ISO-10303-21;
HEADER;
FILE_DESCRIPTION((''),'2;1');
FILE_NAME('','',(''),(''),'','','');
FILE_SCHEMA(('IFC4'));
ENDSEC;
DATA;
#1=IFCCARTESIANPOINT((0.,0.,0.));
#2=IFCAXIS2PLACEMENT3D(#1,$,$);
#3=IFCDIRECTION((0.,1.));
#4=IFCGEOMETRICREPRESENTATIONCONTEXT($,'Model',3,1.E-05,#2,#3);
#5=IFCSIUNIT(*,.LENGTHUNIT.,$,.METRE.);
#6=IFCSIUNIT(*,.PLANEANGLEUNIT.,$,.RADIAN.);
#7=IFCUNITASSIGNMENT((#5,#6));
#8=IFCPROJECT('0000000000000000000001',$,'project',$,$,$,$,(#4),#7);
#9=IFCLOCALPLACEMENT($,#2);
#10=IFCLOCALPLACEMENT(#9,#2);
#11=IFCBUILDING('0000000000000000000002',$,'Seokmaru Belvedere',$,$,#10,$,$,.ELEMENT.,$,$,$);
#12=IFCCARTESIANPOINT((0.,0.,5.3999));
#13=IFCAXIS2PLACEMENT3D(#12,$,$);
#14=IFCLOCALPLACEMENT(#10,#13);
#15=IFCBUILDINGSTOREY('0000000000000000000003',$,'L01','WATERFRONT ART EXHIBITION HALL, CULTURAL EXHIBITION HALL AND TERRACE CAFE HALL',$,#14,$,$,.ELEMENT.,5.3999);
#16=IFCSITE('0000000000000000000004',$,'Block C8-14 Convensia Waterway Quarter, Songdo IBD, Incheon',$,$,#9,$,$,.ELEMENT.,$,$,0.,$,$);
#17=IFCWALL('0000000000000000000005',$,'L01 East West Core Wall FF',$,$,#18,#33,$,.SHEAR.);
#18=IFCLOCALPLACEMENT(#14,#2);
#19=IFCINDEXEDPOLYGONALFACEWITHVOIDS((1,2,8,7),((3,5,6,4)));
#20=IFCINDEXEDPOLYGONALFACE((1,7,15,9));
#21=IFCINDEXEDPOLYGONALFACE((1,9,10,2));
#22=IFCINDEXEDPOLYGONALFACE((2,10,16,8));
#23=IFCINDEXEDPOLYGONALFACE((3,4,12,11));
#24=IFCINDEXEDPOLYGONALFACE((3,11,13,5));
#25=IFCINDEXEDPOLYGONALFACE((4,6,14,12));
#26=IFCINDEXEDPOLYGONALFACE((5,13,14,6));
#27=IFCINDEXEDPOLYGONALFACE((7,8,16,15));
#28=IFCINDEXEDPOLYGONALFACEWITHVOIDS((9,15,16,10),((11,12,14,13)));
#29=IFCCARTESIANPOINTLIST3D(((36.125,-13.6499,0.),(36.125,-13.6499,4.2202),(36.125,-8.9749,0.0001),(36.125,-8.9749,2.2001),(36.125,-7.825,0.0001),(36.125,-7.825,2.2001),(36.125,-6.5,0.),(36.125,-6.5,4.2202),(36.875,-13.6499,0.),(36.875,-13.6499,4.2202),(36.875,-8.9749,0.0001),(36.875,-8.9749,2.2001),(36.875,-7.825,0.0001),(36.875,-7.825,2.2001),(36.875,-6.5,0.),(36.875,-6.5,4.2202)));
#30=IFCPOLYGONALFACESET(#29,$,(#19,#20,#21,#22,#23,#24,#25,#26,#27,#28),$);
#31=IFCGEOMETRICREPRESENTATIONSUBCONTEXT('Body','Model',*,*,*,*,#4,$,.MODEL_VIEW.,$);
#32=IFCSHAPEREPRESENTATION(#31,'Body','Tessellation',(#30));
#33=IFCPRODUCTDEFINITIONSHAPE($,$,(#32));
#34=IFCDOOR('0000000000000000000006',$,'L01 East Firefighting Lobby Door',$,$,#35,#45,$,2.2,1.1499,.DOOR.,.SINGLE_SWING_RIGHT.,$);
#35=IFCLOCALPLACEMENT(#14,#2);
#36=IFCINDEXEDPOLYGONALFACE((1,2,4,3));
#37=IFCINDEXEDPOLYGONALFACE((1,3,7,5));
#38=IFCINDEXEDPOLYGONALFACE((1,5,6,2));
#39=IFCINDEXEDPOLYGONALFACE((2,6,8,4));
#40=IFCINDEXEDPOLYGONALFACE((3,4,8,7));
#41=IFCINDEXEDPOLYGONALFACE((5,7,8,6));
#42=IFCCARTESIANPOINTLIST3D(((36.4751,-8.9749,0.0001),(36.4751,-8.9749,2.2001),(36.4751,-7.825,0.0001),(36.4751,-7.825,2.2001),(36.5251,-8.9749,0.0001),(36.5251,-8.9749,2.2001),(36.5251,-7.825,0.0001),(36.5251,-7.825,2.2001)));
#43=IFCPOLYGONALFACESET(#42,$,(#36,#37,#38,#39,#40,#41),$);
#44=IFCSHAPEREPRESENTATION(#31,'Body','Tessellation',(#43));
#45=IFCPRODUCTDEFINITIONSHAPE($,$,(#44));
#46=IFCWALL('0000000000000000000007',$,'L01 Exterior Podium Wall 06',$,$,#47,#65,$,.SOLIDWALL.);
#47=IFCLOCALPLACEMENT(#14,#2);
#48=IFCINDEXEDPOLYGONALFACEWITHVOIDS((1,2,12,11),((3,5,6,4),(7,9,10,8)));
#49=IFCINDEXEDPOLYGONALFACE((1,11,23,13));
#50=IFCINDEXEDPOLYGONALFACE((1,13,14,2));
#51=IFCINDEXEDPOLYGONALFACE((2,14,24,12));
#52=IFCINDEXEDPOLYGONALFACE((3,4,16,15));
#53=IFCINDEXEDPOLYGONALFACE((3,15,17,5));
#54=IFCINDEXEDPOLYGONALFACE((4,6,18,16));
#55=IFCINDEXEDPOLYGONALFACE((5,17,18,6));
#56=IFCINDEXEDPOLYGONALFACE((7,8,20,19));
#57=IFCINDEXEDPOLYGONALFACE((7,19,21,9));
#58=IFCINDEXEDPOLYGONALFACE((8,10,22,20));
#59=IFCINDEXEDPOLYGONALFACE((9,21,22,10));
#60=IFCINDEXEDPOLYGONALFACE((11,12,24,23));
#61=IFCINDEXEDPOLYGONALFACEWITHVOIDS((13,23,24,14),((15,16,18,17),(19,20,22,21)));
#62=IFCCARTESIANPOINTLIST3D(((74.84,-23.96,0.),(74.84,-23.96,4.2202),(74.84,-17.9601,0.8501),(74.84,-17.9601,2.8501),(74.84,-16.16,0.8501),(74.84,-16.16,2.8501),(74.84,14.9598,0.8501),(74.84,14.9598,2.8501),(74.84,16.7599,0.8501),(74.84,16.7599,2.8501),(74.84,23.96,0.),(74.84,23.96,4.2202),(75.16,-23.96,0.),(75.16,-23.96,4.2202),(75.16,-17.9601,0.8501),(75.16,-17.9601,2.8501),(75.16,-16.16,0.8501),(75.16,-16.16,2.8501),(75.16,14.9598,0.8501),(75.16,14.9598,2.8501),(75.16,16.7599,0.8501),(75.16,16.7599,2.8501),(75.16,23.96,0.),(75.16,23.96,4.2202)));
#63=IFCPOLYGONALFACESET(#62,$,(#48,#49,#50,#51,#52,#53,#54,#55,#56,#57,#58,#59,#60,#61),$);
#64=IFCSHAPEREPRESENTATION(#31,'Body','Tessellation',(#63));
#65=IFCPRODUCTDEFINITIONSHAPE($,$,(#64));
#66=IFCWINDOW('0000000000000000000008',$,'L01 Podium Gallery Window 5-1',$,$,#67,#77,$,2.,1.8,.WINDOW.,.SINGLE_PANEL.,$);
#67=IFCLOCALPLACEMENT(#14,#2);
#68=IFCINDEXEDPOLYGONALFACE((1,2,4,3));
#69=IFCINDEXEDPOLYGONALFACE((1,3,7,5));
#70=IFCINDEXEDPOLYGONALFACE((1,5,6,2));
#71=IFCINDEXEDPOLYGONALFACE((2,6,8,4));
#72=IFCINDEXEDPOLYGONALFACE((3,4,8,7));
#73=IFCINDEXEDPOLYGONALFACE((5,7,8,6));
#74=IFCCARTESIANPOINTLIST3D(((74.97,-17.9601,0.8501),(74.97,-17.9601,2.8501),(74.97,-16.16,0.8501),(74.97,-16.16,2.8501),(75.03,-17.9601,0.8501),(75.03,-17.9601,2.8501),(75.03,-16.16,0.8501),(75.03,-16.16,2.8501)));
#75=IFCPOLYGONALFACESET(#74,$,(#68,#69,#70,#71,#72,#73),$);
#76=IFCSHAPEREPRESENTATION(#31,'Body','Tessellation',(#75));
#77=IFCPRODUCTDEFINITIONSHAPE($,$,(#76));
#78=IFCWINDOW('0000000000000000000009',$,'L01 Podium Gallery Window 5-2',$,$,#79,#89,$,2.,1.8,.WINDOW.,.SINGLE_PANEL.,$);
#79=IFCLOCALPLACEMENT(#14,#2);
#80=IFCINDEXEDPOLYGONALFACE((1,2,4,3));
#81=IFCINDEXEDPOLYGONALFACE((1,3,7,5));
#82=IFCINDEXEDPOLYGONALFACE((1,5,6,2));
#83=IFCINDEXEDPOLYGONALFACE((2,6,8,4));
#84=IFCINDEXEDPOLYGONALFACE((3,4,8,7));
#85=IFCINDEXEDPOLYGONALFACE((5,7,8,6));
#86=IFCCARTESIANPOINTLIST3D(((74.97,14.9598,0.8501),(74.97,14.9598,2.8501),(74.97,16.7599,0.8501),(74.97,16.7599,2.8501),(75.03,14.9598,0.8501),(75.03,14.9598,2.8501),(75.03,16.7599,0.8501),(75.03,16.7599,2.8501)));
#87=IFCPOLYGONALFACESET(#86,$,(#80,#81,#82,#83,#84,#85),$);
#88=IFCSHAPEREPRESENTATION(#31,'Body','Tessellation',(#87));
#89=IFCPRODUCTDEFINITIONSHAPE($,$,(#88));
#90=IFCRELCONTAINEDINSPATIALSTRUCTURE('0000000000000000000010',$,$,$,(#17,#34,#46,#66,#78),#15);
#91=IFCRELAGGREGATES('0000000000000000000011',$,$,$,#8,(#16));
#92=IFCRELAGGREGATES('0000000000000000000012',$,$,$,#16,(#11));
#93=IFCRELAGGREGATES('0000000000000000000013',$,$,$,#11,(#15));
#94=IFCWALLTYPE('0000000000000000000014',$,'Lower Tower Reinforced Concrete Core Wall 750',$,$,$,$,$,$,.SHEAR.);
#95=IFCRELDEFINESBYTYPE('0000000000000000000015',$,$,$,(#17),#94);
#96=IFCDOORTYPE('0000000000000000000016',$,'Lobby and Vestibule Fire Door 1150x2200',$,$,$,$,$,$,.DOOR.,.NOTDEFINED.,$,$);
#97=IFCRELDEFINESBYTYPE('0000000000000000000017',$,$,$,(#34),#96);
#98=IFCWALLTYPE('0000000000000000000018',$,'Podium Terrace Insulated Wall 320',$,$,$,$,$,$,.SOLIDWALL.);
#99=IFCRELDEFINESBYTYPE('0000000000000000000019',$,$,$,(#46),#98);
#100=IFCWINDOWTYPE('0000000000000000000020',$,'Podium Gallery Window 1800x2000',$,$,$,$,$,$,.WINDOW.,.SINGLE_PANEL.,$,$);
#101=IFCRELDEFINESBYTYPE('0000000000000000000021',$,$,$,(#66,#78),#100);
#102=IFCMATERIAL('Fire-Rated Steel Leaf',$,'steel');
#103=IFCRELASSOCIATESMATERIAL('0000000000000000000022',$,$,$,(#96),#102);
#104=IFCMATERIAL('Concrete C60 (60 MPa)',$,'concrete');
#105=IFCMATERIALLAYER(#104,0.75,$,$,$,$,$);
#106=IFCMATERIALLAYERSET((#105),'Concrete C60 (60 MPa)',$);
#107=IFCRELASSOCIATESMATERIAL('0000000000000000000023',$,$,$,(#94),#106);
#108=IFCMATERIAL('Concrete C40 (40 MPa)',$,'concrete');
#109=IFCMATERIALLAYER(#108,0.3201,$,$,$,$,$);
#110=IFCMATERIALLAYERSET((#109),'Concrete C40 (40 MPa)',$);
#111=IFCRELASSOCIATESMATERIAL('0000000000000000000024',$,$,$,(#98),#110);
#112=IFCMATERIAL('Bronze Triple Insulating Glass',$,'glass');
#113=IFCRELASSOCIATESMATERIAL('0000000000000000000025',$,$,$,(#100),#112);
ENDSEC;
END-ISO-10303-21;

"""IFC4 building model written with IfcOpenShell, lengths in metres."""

from ifc_helpers import new_model, si_unit, direction, frame, frame_2d, origin, place, context, subcontext, project, spatial, rectangle, extrude, source, transform, mapped, material, layer, layer_set, type_object, type_shapes, element, fill, save


model = new_model("IFC4")

# Units and contexts
model_context = context("Model", 3, precision=1e-05, world=origin(), true_north=direction((0.0, 1.0)))
body_context = subcontext(model_context, "Body", "Model", "MODEL_VIEW")
ifc_project = project(units=[si_unit("LENGTHUNIT", "METRE"), si_unit("PLANEANGLEUNIT", "RADIAN")], contexts=[model_context])

# Site, building, storey
site_placement = place(None, origin())
site = spatial("IfcSite", under=ifc_project, at=site_placement, Name="Block C8-14 Convensia Waterway Quarter, Songdo IBD, Incheon", CompositionType="ELEMENT", RefElevation=0.0)
building_placement = place(site_placement, origin())
building = spatial("IfcBuilding", under=site, at=building_placement, Name="Seokmaru Belvedere", CompositionType="ELEMENT")
storey_placement = place(building_placement, frame((0.0, 0.0, 5.3999)))
storey = spatial("IfcBuildingStorey", under=building, at=storey_placement, Name="L01", Description="WATERFRONT ART EXHIBITION HALL, CULTURAL EXHIBITION HALL AND TERRACE CAFE HALL", CompositionType="ELEMENT", Elevation=5.3999)

# Wall, opening, door
ifc_material_1 = material(Name="Fire-Rated Steel Leaf", Category="steel")
door_type_1 = type_object("IfcDoorType", Name="Lobby and Vestibule Fire Door 1150x2200", OperationType="NOTDEFINED", PredefinedType="DOOR", material=ifc_material_1)
shared_shape_1 = source(origin(), body_context, "Body", "SweptSolid", [
    extrude(rectangle(XDim=1.1499, YDim=2.2, at=frame_2d((0.575, 1.1001))), frame((0.0, 0.0249, 0.0), z_axis=(0.0, -1.0, 0.0), x_axis=(1.0, 0.0, 0.0)), (0.0, 0.0, 1.0), 0.05),
])
type_shapes(door_type_1, [shared_shape_1])
ifc_material_2 = material(Name="Concrete C60 (60 MPa)", Category="concrete")
ifc_layer_1 = layer(ifc_material_2, 0.75)
ifc_layer_set_1 = layer_set([ifc_layer_1], Name="Concrete C60 (60 MPa)")
wall_type_1 = type_object("IfcWallType", Name="Lower Tower Reinforced Concrete Core Wall 750", PredefinedType="SHEAR", material=ifc_layer_set_1)
wall_1_placement = place(storey_placement, frame((36.5, -13.6499, 0.0), z_axis=(0.0, 0.0, 1.0), x_axis=(0.0, 1.0, 0.0)))
wall_1 = element("IfcWall", 1, at=wall_1_placement, inside=storey, type_object=wall_type_1, Name="L01 East West Core Wall FF", PredefinedType="SHEAR", context=body_context, shape_type="SweptSolid", body=[
    extrude(rectangle(XDim=7.1499, YDim=0.75, at=frame_2d((3.575, 0.0))), origin(), (0.0, 0.0, 1.0), 4.2202),
])
opening_1_placement = place(wall_1_placement, frame((4.675, 0.0, 0.0)))
opening_1 = element("IfcOpeningElement", 2, at=opening_1_placement, cuts=wall_1, PredefinedType="OPENING", context=body_context, shape_type="SweptSolid", body=[
    extrude(rectangle(XDim=1.1499, YDim=2.2, at=frame_2d((0.575, 1.1001))), frame((0.0, 0.385, 0.0), z_axis=(0.0, -1.0, 0.0), x_axis=(1.0, 0.0, 0.0)), (0.0, 0.0, 1.0), 0.77),
])
door_1_placement = place(opening_1_placement, origin())
door_1 = element("IfcDoor", 3, at=door_1_placement, inside=storey, type_object=door_type_1, Name="L01 East Firefighting Lobby Door", OperationType="SINGLE_SWING_RIGHT", OverallHeight=2.2, OverallWidth=1.1499, PredefinedType="DOOR", context=body_context, shape_type="MappedRepresentation", body=[
    mapped(shared_shape_1, transform((0.0, 0.0, 0.0), scale=1.0)),
])
fill(opening_1, door_1)

# Wall, openings, windows
ifc_material_3 = material(Name="Concrete C40 (40 MPa)", Category="concrete")
ifc_layer_2 = layer(ifc_material_3, 0.3201)
ifc_layer_set_2 = layer_set([ifc_layer_2], Name="Concrete C40 (40 MPa)")
wall_type_2 = type_object("IfcWallType", Name="Podium Terrace Insulated Wall 320", PredefinedType="SOLIDWALL", material=ifc_layer_set_2)
wall_2_placement = place(storey_placement, frame((75.0, -23.96, 0.0), z_axis=(0.0, 0.0, 1.0), x_axis=(0.0, 1.0, 0.0)))
wall_2 = element("IfcWall", 4, at=wall_2_placement, inside=storey, type_object=wall_type_2, Name="L01 Exterior Podium Wall 06", PredefinedType="SOLIDWALL", context=body_context, shape_type="SweptSolid", body=[
    extrude(rectangle(XDim=47.9199, YDim=0.3201, at=frame_2d((23.96, 0.0))), origin(), (0.0, 0.0, 1.0), 4.2202),
])
opening_2_placement = place(wall_2_placement, frame((6.0, 0.0, 0.8501)))
opening_2 = element("IfcOpeningElement", 5, at=opening_2_placement, cuts=wall_2, PredefinedType="OPENING", context=body_context, shape_type="SweptSolid", body=[
    extrude(rectangle(XDim=1.8, YDim=2.0, at=frame_2d((0.8999, 1.0))), frame((0.0, 0.1699, 0.0), z_axis=(0.0, -1.0, 0.0), x_axis=(1.0, 0.0, 0.0)), (0.0, 0.0, 1.0), 0.3401),
])
opening_3_placement = place(wall_2_placement, frame((38.9199, 0.0, 0.8501)))
opening_3 = element("IfcOpeningElement", 6, at=opening_3_placement, cuts=wall_2, PredefinedType="OPENING", context=body_context, shape_type="SweptSolid", body=[
    extrude(rectangle(XDim=1.8, YDim=2.0, at=frame_2d((0.8999, 1.0))), frame((0.0, 0.1699, 0.0), z_axis=(0.0, -1.0, 0.0), x_axis=(1.0, 0.0, 0.0)), (0.0, 0.0, 1.0), 0.3401),
])
ifc_material_4 = material(Name="Bronze Triple Insulating Glass", Category="glass")
window_type = type_object("IfcWindowType", Name="Podium Gallery Window 1800x2000", PartitioningType="SINGLE_PANEL", PredefinedType="WINDOW", material=ifc_material_4)
shared_shape_2 = source(origin(), body_context, "Body", "SweptSolid", [
    extrude(rectangle(XDim=1.8, YDim=2.0, at=frame_2d((0.8999, 1.0))), frame((0.0, 0.03, 0.0), z_axis=(0.0, -1.0, 0.0), x_axis=(1.0, 0.0, 0.0)), (0.0, 0.0, 1.0), 0.0601),
])
type_shapes(window_type, [shared_shape_2])
window_1_placement = place(opening_2_placement, origin())
window_1 = element("IfcWindow", 7, at=window_1_placement, inside=storey, type_object=window_type, Name="L01 Podium Gallery Window 5-1", OverallHeight=2.0, OverallWidth=1.8, PartitioningType="SINGLE_PANEL", PredefinedType="WINDOW", context=body_context, shape_type="MappedRepresentation", body=[
    mapped(shared_shape_2, transform((0.0, 0.0, 0.0), scale=1.0)),
])
fill(opening_2, window_1)
window_2_placement = place(opening_3_placement, origin())
window_2 = element("IfcWindow", 8, at=window_2_placement, inside=storey, type_object=window_type, Name="L01 Podium Gallery Window 5-2", OverallHeight=2.0, OverallWidth=1.8, PartitioningType="SINGLE_PANEL", PredefinedType="WINDOW", context=body_context, shape_type="MappedRepresentation", body=[
    mapped(shared_shape_2, transform((0.0, 0.0, 0.0), scale=1.0)),
])
fill(opening_3, window_2)

save(model, "model.ifc")
